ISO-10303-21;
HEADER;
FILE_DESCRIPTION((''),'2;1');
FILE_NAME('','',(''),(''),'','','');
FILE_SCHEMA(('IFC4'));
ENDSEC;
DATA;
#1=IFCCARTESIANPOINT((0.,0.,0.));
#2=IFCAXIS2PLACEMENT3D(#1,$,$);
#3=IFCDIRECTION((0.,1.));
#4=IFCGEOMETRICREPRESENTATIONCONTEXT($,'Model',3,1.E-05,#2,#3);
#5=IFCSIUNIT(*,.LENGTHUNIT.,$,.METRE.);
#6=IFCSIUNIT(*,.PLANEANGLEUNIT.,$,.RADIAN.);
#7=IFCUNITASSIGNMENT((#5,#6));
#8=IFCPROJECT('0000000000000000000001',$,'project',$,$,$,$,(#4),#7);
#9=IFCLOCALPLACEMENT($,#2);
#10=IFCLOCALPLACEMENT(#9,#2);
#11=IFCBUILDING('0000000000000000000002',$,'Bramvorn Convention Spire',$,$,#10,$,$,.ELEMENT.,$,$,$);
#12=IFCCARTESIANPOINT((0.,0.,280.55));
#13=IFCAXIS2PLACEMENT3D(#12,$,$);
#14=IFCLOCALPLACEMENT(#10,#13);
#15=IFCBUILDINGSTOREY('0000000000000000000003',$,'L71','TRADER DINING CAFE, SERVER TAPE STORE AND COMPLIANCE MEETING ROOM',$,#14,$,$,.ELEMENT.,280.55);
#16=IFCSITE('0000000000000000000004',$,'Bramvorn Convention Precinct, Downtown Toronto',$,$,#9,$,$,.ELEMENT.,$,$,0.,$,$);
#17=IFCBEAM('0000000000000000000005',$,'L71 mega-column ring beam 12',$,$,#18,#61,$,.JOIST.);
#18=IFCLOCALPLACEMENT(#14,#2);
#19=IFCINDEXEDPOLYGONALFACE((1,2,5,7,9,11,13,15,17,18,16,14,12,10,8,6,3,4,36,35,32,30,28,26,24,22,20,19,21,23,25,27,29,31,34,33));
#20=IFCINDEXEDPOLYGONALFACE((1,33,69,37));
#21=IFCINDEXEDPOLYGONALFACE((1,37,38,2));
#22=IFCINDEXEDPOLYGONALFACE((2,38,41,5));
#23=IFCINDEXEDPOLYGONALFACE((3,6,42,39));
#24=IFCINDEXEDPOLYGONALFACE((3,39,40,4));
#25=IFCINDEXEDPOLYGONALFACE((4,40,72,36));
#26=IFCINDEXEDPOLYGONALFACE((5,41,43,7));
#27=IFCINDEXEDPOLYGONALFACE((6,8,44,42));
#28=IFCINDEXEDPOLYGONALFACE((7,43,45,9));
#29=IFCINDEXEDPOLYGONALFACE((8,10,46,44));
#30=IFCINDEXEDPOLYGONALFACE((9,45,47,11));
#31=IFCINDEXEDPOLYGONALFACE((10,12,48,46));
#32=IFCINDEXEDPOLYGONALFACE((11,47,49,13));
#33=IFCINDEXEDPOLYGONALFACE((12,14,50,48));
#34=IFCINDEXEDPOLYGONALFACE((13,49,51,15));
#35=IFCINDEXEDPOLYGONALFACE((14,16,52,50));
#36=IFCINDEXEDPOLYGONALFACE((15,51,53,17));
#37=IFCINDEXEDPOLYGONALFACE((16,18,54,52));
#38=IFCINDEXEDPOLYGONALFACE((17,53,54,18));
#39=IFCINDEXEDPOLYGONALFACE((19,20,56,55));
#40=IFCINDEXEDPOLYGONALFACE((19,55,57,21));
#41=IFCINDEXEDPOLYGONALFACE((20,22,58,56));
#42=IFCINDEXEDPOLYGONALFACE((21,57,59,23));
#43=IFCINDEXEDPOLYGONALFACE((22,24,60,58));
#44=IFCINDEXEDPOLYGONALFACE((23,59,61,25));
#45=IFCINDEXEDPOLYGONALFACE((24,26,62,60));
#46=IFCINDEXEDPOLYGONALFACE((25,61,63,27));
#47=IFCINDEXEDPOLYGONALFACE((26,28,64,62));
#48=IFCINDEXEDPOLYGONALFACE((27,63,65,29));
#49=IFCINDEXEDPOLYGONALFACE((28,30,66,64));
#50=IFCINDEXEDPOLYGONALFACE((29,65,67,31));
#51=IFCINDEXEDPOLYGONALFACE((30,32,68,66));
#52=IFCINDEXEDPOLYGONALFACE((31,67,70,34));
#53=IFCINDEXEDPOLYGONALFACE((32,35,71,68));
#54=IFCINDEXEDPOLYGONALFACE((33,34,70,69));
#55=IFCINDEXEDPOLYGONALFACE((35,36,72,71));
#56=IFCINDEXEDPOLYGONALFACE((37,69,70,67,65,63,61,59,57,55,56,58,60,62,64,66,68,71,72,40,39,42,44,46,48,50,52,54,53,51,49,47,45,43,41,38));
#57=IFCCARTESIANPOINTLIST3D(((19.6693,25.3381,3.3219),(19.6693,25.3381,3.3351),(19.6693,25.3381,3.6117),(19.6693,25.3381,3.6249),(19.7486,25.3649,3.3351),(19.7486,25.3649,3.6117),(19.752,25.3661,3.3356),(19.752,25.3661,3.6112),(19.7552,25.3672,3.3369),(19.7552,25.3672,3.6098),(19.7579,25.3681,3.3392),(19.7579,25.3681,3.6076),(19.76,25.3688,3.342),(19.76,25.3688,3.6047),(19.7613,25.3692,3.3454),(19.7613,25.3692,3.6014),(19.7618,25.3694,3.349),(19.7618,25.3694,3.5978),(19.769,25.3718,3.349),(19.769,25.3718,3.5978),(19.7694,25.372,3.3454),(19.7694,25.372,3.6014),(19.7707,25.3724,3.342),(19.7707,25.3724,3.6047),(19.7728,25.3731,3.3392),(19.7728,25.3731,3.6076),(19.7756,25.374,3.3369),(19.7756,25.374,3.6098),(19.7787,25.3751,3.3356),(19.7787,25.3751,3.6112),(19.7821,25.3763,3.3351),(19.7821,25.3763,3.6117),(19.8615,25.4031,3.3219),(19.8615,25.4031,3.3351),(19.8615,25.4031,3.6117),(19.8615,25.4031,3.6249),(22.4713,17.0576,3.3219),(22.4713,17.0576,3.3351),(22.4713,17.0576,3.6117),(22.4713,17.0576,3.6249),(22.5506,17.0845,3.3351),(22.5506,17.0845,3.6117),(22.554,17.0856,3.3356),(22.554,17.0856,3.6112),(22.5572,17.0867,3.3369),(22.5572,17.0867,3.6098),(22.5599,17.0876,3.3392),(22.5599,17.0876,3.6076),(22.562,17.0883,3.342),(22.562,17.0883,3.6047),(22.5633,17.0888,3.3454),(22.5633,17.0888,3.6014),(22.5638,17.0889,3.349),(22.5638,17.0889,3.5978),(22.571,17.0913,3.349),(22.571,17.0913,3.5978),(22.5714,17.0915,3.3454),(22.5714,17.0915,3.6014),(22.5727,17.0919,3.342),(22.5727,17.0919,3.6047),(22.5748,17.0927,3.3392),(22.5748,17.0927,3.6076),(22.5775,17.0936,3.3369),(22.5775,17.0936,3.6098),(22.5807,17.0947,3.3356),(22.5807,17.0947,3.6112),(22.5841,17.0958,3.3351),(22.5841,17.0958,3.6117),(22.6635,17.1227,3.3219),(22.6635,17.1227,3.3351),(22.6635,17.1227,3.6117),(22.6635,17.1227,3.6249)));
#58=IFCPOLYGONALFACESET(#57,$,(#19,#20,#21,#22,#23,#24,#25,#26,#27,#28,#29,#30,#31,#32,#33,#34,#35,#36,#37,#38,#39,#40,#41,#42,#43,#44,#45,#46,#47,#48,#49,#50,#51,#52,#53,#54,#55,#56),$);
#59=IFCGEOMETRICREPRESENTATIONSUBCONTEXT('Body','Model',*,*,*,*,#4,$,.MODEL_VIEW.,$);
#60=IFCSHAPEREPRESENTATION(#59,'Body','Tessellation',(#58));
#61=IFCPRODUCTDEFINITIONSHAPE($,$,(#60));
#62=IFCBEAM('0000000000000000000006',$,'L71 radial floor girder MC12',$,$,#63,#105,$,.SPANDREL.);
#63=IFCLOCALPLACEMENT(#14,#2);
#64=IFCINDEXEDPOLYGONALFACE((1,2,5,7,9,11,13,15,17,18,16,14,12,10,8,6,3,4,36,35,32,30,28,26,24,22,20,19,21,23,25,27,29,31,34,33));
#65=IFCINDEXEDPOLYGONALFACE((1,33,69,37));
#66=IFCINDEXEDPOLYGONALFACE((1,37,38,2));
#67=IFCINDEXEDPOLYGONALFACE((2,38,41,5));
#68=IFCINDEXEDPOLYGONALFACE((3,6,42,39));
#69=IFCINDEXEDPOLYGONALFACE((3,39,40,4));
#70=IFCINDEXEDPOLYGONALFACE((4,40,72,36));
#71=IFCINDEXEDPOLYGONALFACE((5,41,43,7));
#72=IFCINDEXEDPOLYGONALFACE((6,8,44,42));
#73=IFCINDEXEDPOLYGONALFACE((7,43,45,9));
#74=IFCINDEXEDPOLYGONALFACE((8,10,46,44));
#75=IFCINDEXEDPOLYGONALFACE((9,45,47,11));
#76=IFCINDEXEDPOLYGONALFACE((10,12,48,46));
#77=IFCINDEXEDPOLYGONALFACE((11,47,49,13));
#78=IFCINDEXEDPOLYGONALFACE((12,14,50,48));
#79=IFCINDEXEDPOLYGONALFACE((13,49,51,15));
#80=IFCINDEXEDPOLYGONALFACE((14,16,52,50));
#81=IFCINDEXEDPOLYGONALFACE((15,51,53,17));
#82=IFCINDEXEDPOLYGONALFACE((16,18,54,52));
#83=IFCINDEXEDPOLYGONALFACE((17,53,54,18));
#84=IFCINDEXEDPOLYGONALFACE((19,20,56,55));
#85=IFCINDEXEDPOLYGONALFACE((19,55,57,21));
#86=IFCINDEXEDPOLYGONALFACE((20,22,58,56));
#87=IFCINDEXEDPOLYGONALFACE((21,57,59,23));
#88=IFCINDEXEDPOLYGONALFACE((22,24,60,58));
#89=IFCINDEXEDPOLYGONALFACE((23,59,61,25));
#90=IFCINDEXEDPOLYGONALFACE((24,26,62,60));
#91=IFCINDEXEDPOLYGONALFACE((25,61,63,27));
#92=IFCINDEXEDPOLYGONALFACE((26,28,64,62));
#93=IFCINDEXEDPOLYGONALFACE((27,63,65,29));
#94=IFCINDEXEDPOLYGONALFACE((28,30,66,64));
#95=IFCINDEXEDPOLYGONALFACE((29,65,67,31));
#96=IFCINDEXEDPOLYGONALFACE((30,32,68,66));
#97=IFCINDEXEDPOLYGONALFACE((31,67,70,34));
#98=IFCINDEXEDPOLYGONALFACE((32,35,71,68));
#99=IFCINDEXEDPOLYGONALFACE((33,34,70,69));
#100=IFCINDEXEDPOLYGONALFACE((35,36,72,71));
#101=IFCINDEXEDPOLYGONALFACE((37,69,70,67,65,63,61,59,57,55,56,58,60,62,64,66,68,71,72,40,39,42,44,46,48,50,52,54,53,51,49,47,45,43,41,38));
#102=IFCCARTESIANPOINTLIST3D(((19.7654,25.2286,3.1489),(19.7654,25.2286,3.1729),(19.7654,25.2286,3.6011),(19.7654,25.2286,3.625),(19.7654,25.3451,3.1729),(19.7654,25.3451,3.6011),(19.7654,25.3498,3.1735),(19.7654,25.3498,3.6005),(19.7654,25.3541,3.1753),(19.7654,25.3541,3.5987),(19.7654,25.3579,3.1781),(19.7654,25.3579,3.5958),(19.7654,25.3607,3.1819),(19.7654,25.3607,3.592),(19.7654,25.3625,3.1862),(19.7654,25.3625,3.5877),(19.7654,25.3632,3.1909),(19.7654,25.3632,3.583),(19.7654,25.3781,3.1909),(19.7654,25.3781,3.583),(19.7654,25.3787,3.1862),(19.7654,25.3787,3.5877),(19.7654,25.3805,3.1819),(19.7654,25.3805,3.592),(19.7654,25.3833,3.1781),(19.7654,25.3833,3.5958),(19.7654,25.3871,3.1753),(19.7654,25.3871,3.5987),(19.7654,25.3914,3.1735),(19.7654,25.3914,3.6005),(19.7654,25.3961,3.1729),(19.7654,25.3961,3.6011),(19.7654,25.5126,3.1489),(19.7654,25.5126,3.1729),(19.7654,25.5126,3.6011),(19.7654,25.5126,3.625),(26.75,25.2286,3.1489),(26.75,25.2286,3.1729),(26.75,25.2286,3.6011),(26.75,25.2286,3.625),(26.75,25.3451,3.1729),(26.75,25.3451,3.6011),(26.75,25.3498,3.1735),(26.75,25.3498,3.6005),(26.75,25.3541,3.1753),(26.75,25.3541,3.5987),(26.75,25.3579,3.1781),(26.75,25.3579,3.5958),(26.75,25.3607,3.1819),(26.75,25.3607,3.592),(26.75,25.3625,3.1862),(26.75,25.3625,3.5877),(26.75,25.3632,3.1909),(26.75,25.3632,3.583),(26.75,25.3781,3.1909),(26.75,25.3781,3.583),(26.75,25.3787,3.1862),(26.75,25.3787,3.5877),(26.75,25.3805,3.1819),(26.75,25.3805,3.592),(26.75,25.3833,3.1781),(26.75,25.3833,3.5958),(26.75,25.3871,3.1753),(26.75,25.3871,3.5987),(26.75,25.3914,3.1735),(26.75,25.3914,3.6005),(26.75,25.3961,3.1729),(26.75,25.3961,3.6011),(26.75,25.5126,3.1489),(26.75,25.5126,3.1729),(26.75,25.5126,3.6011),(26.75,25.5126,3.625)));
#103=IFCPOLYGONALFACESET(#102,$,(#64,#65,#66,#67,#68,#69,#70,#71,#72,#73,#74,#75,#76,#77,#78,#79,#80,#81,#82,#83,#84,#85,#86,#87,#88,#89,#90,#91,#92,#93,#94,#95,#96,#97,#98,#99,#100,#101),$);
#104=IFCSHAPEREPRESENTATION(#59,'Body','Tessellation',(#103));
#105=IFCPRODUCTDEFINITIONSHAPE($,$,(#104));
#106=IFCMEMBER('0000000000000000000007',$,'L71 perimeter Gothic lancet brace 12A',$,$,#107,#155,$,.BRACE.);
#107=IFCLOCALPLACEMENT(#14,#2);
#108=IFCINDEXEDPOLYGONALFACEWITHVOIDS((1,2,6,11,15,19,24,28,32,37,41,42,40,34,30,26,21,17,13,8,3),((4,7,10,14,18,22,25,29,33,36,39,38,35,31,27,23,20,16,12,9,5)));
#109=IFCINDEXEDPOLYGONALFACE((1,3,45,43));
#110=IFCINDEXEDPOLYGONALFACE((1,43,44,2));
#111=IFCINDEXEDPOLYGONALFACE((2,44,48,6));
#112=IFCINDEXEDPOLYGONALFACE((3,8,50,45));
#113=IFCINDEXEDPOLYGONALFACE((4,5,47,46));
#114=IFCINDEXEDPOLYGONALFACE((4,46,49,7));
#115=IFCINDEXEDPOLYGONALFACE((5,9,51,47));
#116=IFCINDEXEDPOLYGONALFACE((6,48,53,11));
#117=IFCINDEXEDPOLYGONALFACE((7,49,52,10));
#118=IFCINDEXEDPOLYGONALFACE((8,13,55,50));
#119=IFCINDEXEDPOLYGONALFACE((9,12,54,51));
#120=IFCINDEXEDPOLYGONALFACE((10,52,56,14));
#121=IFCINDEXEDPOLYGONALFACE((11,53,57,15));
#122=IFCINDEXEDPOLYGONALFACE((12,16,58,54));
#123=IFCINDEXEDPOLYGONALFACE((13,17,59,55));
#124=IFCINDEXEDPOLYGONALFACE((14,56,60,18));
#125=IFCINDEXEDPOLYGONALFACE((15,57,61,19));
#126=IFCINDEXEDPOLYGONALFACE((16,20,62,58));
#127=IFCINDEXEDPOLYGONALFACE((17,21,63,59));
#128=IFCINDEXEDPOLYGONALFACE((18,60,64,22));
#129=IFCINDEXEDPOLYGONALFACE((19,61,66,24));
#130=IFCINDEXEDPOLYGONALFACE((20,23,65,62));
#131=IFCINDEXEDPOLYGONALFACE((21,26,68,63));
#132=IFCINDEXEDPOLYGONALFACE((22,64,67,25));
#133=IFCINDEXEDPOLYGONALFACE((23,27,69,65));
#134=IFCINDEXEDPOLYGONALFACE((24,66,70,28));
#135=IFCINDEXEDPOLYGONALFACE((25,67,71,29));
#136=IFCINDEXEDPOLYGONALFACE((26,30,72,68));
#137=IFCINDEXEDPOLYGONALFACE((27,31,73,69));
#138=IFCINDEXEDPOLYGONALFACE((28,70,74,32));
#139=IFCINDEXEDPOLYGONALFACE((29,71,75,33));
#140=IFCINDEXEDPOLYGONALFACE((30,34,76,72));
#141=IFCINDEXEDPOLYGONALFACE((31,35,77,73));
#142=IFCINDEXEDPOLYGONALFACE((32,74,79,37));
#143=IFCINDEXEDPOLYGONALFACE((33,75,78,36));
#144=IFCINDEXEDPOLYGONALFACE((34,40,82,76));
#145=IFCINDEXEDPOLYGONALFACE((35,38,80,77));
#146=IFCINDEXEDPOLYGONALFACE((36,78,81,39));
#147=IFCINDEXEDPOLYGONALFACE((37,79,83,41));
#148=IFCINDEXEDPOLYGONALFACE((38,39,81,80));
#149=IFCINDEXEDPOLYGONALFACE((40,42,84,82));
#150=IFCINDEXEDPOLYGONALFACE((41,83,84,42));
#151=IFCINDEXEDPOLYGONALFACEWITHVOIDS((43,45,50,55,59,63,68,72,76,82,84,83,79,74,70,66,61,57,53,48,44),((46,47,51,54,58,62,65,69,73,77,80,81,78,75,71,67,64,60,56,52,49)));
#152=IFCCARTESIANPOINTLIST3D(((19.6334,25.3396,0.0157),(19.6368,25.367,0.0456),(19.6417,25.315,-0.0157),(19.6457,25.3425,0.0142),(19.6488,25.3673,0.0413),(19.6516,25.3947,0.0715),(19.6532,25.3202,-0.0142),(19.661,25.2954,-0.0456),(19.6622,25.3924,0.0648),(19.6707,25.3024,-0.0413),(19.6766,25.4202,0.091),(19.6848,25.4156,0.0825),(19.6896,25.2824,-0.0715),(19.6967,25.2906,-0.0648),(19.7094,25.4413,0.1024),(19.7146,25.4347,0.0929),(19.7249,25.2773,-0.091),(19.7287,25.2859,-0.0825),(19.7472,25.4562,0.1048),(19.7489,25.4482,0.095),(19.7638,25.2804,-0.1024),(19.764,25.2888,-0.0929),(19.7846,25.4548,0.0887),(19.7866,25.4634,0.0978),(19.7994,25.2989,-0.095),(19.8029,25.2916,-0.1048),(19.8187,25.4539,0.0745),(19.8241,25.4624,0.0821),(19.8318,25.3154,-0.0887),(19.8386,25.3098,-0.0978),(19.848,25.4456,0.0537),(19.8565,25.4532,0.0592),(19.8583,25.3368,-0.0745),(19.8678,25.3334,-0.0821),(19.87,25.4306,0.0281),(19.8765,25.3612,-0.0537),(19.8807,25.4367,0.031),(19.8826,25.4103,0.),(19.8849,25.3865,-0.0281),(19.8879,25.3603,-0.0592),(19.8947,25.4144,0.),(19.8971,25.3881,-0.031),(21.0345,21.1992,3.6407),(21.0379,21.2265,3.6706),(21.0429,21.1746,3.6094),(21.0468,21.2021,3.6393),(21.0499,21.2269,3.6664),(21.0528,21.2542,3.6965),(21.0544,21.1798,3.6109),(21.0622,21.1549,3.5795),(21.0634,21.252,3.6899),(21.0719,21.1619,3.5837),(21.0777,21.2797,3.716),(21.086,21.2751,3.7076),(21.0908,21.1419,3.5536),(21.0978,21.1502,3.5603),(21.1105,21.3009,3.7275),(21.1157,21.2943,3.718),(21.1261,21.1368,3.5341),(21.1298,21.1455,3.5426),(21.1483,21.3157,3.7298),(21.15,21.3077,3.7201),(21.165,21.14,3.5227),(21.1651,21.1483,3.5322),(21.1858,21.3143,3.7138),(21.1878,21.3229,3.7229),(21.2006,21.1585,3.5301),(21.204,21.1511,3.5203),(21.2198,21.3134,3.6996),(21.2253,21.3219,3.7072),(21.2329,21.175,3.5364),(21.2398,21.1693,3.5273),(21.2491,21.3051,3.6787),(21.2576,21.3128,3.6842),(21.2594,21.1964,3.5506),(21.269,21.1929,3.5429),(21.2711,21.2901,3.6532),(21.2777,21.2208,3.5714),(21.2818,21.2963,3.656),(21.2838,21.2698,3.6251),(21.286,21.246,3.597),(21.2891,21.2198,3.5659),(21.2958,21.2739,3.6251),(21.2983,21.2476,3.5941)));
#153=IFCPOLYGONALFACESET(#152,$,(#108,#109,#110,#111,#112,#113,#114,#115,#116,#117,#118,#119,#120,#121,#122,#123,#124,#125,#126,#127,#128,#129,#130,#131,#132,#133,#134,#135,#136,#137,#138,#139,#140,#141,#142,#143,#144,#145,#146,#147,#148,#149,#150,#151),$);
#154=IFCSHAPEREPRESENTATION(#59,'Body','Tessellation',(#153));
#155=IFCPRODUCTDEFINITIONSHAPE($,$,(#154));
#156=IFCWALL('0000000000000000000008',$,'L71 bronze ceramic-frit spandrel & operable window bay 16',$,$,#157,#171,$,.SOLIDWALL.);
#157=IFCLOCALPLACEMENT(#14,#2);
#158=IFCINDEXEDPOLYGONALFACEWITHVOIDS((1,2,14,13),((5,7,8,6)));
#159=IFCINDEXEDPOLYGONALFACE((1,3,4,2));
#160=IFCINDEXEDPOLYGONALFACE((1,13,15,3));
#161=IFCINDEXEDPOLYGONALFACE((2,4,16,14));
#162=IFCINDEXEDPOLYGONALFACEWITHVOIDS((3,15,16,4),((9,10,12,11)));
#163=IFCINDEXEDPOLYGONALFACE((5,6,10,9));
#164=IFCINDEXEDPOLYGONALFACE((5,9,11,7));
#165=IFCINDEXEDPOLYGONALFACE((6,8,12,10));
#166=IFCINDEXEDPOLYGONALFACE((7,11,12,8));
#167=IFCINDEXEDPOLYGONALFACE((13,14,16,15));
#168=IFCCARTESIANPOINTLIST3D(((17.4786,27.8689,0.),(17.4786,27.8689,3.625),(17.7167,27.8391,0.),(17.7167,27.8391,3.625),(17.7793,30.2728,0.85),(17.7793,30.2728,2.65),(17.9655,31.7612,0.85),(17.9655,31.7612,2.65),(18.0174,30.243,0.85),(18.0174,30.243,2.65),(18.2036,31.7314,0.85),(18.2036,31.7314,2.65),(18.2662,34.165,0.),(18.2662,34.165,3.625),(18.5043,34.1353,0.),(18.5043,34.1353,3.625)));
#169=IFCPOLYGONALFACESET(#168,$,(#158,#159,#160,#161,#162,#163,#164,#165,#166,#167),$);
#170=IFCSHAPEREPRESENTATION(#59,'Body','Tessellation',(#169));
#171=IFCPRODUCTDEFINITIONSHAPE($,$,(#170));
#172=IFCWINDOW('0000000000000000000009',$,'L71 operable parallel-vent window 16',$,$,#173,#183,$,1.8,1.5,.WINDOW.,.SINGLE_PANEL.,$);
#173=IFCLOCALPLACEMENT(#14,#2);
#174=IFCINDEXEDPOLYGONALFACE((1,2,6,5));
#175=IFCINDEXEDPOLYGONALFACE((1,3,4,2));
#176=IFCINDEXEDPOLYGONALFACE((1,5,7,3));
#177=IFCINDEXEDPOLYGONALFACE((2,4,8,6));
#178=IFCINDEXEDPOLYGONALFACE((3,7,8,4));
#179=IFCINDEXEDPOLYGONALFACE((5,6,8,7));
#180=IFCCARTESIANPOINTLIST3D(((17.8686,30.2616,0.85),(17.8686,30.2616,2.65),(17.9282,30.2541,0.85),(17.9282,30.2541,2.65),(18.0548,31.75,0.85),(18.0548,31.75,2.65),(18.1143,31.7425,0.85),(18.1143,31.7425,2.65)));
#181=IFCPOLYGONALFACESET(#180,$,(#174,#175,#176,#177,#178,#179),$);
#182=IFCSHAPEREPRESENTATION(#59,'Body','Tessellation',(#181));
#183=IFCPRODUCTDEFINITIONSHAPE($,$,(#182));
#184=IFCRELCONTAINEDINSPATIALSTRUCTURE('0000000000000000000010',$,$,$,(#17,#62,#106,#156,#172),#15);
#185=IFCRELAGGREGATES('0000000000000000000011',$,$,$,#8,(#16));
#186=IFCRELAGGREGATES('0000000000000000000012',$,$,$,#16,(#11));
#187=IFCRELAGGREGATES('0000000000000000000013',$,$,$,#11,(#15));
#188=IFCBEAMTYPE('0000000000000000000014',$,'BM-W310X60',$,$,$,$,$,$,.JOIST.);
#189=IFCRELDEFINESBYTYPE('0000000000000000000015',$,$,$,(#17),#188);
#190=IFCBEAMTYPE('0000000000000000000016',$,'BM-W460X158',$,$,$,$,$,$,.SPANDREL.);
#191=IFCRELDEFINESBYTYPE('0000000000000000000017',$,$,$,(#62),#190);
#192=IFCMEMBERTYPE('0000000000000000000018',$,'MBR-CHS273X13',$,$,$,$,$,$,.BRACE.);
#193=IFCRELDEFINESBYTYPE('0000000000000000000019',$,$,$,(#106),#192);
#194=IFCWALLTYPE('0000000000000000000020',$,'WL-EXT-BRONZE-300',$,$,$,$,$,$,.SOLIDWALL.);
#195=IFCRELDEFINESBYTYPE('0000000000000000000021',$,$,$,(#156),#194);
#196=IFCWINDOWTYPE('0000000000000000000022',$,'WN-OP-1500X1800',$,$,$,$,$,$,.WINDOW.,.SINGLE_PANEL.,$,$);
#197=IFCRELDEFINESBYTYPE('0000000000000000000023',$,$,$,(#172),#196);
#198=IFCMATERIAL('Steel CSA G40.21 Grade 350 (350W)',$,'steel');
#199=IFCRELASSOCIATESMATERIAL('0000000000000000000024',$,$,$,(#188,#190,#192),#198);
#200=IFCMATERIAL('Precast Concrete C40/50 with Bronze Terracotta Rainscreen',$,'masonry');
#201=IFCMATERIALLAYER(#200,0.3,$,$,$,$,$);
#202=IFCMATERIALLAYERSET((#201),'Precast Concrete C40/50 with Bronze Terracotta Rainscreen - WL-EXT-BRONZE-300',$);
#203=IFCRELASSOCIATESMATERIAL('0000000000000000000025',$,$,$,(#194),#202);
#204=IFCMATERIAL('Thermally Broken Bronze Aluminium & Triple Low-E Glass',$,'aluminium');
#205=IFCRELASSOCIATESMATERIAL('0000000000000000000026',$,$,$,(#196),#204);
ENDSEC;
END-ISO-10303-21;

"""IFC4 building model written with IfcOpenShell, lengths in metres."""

from ifc_helpers import new_model, si_unit, direction, frame, frame_2d, origin, origin_2d, place, context, subcontext, project, spatial, rectangle, hollow_circle, i_section, extrude, material, layer, layer_set, material_profile, profile_set, type_object, element, fill, save


model = new_model("IFC4")

# Units and contexts
model_context = context("Model", 3, precision=1e-05, world=origin(), true_north=direction((0.0, 1.0)))
body_context = subcontext(model_context, "Body", "Model", "MODEL_VIEW")
ifc_project = project(units=[si_unit("LENGTHUNIT", "METRE"), si_unit("PLANEANGLEUNIT", "RADIAN")], contexts=[model_context])

# Site, building, storey
site_placement = place(None, origin())
site = spatial("IfcSite", under=ifc_project, at=site_placement, Name="Bramvorn Convention Precinct, Downtown Toronto", CompositionType="ELEMENT", RefElevation=0.0)
building_placement = place(site_placement, origin())
building = spatial("IfcBuilding", under=site, at=building_placement, Name="Bramvorn Convention Spire", CompositionType="ELEMENT")
storey_placement = place(building_placement, frame((0.0, 0.0, 280.55)))
storey = spatial("IfcBuildingStorey", under=building, at=storey_placement, Name="L71", Description="TRADER DINING CAFE, SERVER TAPE STORE AND COMPLIANCE MEETING ROOM", CompositionType="ELEMENT", Elevation=280.55)

# Shared definitions
ifc_material_1 = material(Name="Steel CSA G40.21 Grade 350 (350W)", Category="steel")

# Beams
ifc_material_profile_1 = material_profile(ifc_material_1, i_section(OverallWidth=0.2029, OverallDepth=0.303, WebThickness=0.0076, FlangeThickness=0.0132, FilletRadius=0.0139, at=origin_2d()))
ifc_profile_set_1 = profile_set([ifc_material_profile_1], Name="Steel CSA G40.21 Grade 350 (350W) - W310X60")
beam_type_1 = type_object("IfcBeamType", Name="BM-W310X60", PredefinedType="JOIST", material=ifc_profile_set_1)
beam_1_placement = place(storey_placement, frame((19.7654, 25.3706, 3.4734), z_axis=(0.320531, -0.947238, 0.0), x_axis=(0.947238, 0.320531, 0.0)))
element("IfcBeam", 1, at=beam_1_placement, inside=storey, type_object=beam_type_1, Name="L71 mega-column ring beam 12", PredefinedType="JOIST", context=body_context, shape_type="SweptSolid", body=[
    extrude(i_section(OverallWidth=0.2029, OverallDepth=0.303, WebThickness=0.0076, FlangeThickness=0.0132, FilletRadius=0.0139, at=origin_2d()), origin(), (0.0, 0.0, 1.0), 8.7417),
])
ifc_material_profile_2 = material_profile(ifc_material_1, i_section(OverallWidth=0.2839, OverallDepth=0.4761, WebThickness=0.0149, FlangeThickness=0.0239, FilletRadius=0.0181, at=origin_2d()))
ifc_profile_set_2 = profile_set([ifc_material_profile_2], Name="Steel CSA G40.21 Grade 350 (350W) - W460X158")
beam_type_2 = type_object("IfcBeamType", Name="BM-W460X158", PredefinedType="SPANDREL", material=ifc_profile_set_2)
beam_2_placement = place(storey_placement, frame((26.75, 25.3706, 3.387), z_axis=(-1.0, 0.0, 0.0), x_axis=(0.0, -1.0, 0.0)))
element("IfcBeam", 2, at=beam_2_placement, inside=storey, type_object=beam_type_2, Name="L71 radial floor girder MC12", PredefinedType="SPANDREL", context=body_context, shape_type="SweptSolid", body=[
    extrude(i_section(OverallWidth=0.2839, OverallDepth=0.4761, WebThickness=0.0149, FlangeThickness=0.0239, FilletRadius=0.0181, at=origin_2d()), origin(), (0.0, 0.0, 1.0), 6.9846),
])

# Member
ifc_material_profile_3 = material_profile(ifc_material_1, hollow_circle(Radius=0.1365, WallThickness=0.0127, at=origin_2d()))
ifc_profile_set_3 = profile_set([ifc_material_profile_3], Name="Steel CSA G40.21 Grade 350 (350W) - CHS273X13")
member_type = type_object("IfcMemberType", Name="MBR-CHS273X13", PredefinedType="BRACE", material=ifc_profile_set_3)
member_placement = place(storey_placement, frame((19.7654, 25.3706, 0.0), z_axis=(0.246737, -0.72912, 0.638361), x_axis=(0.947232, 0.320548, 0.0)))
element("IfcMember", 3, at=member_placement, inside=storey, type_object=member_type, Name="L71 perimeter Gothic lancet brace 12A", PredefinedType="BRACE", context=body_context, shape_type="SweptSolid", body=[
    extrude(hollow_circle(Radius=0.1365, WallThickness=0.0127, at=origin_2d()), origin(), (0.0, 0.0, 1.0), 5.6787),
])

# Wall, opening, window
ifc_material_2 = material(Name="Precast Concrete C40/50 with Bronze Terracotta Rainscreen", Category="masonry")
ifc_layer_1 = layer(ifc_material_2, 0.3)
ifc_layer_set_1 = layer_set([ifc_layer_1], Name="Precast Concrete C40/50 with Bronze Terracotta Rainscreen - WL-EXT-BRONZE-300")
wall_type_1 = type_object("IfcWallType", Name="WL-EXT-BRONZE-300", PredefinedType="SOLIDWALL", material=ifc_layer_set_1)
wall_1_placement = place(storey_placement, frame((17.5977, 27.854, 0.0), z_axis=(0.0, 0.0, 1.0), x_axis=(0.124125, 0.992267, 0.0)))
wall_1 = element("IfcWall", 4, at=wall_1_placement, inside=storey, type_object=wall_type_1, Name="L71 bronze ceramic-frit spandrel & operable window bay 16", PredefinedType="SOLIDWALL", context=body_context, shape_type="SweptSolid", body=[
    extrude(rectangle(XDim=6.3452, YDim=0.24, at=frame_2d((3.1726, 0.0))), origin(), (0.0, 0.0, 1.0), 3.625),
])
opening_1_placement = place(wall_1_placement, frame((2.4226, 0.0, 0.8501)))
opening_1 = element("IfcOpeningElement", 5, at=opening_1_placement, cuts=wall_1, PredefinedType="OPENING", context=body_context, shape_type="SweptSolid", body=[
    extrude(rectangle(XDim=1.5, YDim=1.8, at=frame_2d((0.75, 0.8999))), frame((0.0, 0.1299, 0.0), z_axis=(0.0, -1.0, 0.0), x_axis=(1.0, 0.0, 0.0)), (0.0, 0.0, 1.0), 0.26),
])
ifc_material_3 = material(Name="Thermally Broken Bronze Aluminium & Triple Low-E Glass", Category="aluminium")
window_type = type_object("IfcWindowType", Name="WN-OP-1500X1800", PartitioningType="SINGLE_PANEL", PredefinedType="WINDOW", material=ifc_material_3)
window_placement = place(opening_1_placement, origin())
window = element("IfcWindow", 6, at=window_placement, inside=storey, type_object=window_type, Name="L71 operable parallel-vent window 16", OverallHeight=1.8, OverallWidth=1.5, PartitioningType="SINGLE_PANEL", PredefinedType="WINDOW", context=body_context, shape_type="SweptSolid", body=[
    extrude(rectangle(XDim=1.5, YDim=1.8, at=frame_2d((0.75, 0.8999))), frame((0.0, 0.03, 0.0), z_axis=(0.0, -1.0, 0.0), x_axis=(1.0, 0.0, 0.0)), (0.0, 0.0, 1.0), 0.0601),
])
fill(opening_1, window)

save(model, "model.ifc")
